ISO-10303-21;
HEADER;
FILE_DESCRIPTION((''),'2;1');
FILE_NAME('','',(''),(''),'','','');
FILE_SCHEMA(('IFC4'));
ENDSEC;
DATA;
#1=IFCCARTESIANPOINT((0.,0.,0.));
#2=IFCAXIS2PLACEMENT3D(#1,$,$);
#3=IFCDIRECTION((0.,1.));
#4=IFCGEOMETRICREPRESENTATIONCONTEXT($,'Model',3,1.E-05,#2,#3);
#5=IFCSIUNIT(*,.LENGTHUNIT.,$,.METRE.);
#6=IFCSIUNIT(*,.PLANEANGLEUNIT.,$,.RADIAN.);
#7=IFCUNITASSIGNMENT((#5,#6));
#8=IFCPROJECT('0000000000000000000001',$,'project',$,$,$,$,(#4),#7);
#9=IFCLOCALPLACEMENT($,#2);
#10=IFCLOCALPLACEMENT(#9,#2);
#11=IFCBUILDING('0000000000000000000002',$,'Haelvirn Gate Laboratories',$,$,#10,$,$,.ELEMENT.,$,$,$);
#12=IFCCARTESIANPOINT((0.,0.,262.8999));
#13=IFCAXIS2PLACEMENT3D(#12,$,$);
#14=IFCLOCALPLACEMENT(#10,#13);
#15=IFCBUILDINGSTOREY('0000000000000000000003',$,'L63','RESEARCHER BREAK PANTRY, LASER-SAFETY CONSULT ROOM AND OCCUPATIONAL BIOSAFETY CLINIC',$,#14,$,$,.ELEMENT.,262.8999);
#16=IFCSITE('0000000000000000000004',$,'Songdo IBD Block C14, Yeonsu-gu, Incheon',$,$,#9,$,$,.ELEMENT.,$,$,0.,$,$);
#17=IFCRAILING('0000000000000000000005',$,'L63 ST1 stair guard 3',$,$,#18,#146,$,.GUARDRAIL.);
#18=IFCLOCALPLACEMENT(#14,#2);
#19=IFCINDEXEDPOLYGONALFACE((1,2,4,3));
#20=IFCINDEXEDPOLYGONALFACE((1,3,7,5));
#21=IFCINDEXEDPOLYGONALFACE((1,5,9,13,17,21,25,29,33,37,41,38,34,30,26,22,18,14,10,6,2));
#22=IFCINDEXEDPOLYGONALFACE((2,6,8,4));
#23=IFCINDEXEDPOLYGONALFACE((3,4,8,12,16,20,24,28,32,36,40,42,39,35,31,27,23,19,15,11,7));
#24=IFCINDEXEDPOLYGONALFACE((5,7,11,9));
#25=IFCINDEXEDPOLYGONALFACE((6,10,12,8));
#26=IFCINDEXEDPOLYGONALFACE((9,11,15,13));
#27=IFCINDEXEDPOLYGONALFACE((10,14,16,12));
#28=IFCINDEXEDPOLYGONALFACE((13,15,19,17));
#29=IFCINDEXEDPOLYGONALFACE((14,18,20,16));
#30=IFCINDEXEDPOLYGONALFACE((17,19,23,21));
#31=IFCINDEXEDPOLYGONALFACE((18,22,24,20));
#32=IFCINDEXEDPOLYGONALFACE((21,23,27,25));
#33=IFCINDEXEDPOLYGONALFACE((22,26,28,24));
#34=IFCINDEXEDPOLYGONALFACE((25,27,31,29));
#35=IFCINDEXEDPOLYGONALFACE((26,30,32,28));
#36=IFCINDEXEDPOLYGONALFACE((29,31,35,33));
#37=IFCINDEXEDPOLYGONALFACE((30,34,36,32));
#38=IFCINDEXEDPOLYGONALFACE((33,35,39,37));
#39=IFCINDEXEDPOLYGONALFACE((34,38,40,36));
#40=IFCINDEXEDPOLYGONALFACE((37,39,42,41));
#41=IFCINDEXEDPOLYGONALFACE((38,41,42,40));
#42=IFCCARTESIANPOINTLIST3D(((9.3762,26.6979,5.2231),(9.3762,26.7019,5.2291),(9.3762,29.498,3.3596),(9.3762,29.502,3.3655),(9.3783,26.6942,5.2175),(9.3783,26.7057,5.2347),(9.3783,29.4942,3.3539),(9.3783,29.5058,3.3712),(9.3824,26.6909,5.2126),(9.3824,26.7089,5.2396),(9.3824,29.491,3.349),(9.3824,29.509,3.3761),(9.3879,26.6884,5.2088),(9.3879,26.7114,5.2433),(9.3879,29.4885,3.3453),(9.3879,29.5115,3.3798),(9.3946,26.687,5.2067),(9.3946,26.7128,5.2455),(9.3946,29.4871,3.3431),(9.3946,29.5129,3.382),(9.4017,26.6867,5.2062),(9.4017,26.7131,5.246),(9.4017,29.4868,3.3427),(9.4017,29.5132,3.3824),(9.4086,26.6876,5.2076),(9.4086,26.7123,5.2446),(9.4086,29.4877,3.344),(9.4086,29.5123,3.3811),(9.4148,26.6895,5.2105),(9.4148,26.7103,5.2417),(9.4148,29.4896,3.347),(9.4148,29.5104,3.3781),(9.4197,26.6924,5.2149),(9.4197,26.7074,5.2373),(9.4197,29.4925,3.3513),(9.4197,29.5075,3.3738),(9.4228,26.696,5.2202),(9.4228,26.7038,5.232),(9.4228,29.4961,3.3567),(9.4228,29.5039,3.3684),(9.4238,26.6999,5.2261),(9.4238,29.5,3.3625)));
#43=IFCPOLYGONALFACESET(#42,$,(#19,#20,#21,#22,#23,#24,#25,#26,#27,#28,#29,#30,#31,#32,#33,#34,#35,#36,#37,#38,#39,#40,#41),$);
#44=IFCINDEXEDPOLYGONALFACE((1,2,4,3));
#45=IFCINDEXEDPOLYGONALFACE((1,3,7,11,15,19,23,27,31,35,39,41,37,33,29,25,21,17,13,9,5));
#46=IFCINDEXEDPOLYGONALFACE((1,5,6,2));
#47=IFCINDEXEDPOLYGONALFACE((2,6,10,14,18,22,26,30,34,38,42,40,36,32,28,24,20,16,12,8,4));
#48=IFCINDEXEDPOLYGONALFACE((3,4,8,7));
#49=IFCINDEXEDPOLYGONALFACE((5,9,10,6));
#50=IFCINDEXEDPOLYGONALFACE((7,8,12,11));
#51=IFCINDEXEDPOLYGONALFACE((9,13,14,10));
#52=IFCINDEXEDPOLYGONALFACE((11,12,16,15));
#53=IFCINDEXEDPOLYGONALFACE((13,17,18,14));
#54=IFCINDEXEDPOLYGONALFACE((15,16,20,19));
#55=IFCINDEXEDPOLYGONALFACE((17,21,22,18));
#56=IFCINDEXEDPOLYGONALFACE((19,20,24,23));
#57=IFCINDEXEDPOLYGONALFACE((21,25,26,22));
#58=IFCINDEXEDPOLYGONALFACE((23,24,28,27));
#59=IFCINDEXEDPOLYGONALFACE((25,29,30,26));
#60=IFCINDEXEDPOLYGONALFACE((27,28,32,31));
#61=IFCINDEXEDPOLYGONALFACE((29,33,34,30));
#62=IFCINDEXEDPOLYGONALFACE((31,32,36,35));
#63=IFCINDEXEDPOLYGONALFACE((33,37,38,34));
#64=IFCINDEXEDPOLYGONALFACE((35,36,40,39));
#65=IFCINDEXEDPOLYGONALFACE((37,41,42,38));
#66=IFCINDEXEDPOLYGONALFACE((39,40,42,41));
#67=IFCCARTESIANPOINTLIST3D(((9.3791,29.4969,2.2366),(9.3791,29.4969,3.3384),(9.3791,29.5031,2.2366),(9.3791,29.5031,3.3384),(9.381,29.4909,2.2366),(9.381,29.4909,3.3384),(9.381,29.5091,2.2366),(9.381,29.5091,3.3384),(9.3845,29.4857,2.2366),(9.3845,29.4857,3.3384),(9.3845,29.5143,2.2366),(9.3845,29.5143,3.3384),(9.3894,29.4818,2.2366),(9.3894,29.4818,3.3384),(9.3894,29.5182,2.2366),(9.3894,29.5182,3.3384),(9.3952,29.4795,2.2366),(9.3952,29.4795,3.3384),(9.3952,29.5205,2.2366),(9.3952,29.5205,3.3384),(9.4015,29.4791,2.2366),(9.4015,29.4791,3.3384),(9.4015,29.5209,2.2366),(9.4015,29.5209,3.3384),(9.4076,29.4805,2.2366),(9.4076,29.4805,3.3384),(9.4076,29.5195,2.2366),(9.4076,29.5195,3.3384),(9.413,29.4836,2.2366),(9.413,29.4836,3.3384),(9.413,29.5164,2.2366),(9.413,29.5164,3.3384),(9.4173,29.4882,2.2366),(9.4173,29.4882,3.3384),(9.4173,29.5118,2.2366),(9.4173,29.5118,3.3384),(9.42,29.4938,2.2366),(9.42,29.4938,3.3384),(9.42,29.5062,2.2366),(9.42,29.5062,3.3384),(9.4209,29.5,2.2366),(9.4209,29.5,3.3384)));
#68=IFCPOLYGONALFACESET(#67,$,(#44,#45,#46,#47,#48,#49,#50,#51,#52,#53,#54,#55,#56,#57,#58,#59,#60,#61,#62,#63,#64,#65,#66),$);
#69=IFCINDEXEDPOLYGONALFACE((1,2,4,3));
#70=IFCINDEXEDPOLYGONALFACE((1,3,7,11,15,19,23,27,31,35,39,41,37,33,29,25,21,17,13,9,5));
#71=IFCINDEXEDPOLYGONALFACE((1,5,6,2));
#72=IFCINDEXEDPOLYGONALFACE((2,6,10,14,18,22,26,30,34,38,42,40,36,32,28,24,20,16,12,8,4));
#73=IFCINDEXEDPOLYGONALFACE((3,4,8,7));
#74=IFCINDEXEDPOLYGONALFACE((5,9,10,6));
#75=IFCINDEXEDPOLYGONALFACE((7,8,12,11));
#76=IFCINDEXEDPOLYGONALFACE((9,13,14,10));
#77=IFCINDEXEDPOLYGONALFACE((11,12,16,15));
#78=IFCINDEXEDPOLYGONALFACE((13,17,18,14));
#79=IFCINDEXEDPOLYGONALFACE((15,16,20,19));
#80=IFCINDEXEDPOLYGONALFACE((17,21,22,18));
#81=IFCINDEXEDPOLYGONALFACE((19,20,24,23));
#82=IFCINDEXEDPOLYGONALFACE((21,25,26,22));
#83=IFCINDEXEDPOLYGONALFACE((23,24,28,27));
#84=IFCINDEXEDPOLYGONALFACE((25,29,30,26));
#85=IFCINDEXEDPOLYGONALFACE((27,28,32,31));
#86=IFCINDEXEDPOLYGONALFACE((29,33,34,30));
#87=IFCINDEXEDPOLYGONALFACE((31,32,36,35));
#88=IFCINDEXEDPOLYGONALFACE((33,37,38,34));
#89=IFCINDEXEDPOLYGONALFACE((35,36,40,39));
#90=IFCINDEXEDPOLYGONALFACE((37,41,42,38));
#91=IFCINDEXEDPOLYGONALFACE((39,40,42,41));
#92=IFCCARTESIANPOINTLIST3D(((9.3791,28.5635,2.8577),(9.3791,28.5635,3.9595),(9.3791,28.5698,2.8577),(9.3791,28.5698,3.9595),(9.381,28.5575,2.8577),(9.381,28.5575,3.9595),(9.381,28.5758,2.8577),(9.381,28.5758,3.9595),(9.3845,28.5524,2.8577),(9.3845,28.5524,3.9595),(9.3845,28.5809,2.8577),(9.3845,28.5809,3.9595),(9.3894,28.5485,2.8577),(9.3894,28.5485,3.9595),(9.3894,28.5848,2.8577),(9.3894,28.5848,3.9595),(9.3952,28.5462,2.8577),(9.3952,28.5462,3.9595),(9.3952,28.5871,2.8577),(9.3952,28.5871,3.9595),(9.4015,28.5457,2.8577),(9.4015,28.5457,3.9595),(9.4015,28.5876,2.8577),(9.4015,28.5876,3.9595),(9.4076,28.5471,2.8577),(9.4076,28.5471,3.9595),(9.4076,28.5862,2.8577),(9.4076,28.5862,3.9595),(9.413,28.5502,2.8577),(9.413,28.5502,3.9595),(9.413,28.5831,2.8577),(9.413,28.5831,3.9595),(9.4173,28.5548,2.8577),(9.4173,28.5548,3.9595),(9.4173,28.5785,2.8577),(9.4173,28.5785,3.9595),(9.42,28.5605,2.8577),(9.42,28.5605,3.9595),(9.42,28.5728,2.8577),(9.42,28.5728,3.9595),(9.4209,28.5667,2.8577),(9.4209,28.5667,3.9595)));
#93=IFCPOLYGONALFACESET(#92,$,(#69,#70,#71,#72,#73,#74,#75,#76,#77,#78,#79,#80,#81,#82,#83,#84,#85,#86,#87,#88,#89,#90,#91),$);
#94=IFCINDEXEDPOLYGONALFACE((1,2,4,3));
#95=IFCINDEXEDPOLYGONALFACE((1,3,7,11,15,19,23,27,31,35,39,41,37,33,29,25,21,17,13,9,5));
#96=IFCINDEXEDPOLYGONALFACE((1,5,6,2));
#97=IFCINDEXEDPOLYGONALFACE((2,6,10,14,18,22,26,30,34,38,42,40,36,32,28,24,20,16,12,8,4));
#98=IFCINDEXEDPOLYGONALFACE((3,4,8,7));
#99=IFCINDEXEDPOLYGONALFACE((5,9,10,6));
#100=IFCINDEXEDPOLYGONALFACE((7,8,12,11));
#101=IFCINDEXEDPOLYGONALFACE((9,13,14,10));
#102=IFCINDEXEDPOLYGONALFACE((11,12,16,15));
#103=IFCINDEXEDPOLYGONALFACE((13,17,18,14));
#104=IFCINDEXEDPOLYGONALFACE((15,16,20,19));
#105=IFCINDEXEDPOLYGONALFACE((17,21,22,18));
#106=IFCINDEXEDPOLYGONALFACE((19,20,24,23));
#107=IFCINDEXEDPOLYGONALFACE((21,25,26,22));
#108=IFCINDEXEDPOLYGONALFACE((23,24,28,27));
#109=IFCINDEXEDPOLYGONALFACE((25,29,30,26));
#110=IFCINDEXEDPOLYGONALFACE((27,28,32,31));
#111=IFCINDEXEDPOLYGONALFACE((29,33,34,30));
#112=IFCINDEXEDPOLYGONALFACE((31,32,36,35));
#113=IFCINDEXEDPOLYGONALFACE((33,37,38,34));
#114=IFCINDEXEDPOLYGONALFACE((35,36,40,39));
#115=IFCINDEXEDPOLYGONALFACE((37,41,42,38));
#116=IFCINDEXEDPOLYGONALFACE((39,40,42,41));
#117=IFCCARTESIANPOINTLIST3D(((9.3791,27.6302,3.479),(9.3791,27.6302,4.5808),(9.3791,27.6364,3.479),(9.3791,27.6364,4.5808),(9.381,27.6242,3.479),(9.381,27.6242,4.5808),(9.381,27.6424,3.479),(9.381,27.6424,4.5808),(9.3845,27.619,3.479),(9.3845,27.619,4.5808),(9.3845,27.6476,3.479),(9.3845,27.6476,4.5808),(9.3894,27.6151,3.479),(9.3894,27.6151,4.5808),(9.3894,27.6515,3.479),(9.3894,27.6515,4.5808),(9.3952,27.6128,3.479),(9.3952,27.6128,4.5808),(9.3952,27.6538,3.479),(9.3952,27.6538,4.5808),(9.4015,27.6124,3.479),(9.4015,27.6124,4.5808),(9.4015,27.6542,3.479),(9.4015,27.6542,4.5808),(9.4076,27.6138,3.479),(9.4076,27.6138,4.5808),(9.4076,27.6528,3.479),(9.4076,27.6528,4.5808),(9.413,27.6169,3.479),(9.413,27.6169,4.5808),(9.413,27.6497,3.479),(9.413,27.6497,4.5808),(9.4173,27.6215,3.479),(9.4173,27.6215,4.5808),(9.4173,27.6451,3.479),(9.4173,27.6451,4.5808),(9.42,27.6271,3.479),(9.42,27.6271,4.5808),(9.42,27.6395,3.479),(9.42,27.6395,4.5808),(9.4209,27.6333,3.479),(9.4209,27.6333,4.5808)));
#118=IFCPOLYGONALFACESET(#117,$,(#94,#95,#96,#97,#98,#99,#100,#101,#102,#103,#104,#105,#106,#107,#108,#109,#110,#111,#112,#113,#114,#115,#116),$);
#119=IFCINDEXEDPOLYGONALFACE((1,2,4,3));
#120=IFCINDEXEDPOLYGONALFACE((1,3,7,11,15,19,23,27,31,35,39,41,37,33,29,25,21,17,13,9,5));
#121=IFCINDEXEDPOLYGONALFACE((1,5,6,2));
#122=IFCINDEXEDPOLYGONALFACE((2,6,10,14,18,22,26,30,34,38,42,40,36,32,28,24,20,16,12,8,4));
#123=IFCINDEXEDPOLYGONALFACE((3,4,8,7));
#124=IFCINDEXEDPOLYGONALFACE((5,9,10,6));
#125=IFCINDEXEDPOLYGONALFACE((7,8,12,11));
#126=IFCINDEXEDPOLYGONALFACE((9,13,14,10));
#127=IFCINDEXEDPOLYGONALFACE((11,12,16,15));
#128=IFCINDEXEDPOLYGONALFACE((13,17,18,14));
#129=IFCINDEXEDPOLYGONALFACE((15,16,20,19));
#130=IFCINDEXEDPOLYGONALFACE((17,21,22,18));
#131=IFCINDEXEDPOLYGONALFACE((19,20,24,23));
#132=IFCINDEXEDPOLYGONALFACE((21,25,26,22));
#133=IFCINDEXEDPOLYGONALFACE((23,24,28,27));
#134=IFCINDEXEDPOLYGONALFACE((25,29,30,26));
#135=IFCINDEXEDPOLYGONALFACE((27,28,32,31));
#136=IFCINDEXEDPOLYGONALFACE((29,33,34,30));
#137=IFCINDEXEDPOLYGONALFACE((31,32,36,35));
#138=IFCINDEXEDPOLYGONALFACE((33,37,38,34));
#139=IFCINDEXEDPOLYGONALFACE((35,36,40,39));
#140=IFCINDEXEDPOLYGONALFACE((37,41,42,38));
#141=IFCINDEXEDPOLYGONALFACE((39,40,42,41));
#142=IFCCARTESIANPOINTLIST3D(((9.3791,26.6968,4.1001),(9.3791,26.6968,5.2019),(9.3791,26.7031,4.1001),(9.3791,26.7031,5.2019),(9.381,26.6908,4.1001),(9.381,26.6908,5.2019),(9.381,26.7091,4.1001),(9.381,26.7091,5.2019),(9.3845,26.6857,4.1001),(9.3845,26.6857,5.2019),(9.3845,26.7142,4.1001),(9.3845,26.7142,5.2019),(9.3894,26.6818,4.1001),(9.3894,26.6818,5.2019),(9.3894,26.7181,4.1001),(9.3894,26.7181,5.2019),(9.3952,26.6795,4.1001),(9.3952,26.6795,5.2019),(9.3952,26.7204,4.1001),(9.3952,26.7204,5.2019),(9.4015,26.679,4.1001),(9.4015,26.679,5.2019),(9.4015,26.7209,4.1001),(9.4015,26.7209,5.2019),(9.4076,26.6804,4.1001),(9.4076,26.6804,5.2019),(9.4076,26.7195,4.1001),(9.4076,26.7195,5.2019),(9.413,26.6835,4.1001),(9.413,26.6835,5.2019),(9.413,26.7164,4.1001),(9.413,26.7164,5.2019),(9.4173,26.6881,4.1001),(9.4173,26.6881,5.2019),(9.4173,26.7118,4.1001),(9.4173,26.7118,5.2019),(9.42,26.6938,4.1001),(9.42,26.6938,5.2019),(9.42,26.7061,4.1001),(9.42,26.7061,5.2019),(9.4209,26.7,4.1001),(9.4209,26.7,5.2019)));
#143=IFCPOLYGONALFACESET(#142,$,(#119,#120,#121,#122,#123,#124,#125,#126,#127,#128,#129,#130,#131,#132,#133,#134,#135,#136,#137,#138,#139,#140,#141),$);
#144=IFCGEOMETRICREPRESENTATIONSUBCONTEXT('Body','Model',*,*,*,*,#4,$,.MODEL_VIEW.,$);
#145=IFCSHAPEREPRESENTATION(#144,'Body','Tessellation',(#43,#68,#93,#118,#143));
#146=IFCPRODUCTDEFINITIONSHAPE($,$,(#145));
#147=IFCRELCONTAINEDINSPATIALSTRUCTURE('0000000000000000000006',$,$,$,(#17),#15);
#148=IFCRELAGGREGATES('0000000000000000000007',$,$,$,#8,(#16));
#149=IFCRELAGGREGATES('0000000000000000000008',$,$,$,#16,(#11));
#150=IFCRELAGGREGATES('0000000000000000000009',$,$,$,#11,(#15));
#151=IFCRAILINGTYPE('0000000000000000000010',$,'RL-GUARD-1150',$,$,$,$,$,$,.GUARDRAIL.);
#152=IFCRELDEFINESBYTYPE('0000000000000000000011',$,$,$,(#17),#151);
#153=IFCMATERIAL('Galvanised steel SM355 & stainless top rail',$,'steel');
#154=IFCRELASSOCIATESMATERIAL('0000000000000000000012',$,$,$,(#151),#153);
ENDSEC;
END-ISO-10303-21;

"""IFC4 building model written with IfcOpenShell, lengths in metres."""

from ifc_helpers import new_model, si_unit, direction, frame, origin, origin_2d, place, context, subcontext, project, spatial, circle, extrude, source, transform, mapped, material, type_object, element, save


model = new_model("IFC4")

# Units and contexts
model_context = context("Model", 3, precision=1e-05, world=origin(), true_north=direction((0.0, 1.0)))
body_context = subcontext(model_context, "Body", "Model", "MODEL_VIEW")
ifc_project = project(units=[si_unit("LENGTHUNIT", "METRE"), si_unit("PLANEANGLEUNIT", "RADIAN")], contexts=[model_context])

# Site, building, storey
site_placement = place(None, origin())
site = spatial("IfcSite", under=ifc_project, at=site_placement, Name="Songdo IBD Block C14, Yeonsu-gu, Incheon", CompositionType="ELEMENT", RefElevation=0.0)
building_placement = place(site_placement, origin())
building = spatial("IfcBuilding", under=site, at=building_placement, Name="Haelvirn Gate Laboratories", CompositionType="ELEMENT")
storey_placement = place(building_placement, frame((0.0, 0.0, 262.8999)))
storey = spatial("IfcBuildingStorey", under=building, at=storey_placement, Name="L63", Description="RESEARCHER BREAK PANTRY, LASER-SAFETY CONSULT ROOM AND OCCUPATIONAL BIOSAFETY CLINIC", CompositionType="ELEMENT", Elevation=262.8999)

# Railing
ifc_material_1 = material(Name="Galvanised steel SM355 & stainless top rail", Category="steel")
railing_type_1 = type_object("IfcRailingType", Name="RL-GUARD-1150", PredefinedType="GUARDRAIL", material=ifc_material_1)
shared_shape_1 = source(origin(), body_context, "Body", "SweptSolid", [
    extrude(circle(Radius=0.0239, at=origin_2d()), frame((0.0, 0.0, 1.126), z_axis=(0.0, -0.832486, 0.554047), x_axis=(1.0, 0.0, 0.0)), (0.0, 0.0, 1.0), 3.3635),
    extrude(circle(Radius=0.021, at=origin_2d()), origin(), (0.0, 0.0, 1.0), 1.1018),
    extrude(circle(Radius=0.021, at=origin_2d()), frame((0.0, -0.9333, 0.6211)), (0.0, 0.0, 1.0), 1.1018),
    extrude(circle(Radius=0.021, at=origin_2d()), frame((0.0, -1.8667, 1.2424)), (0.0, 0.0, 1.0), 1.1018),
    extrude(circle(Radius=0.021, at=origin_2d()), frame((0.0, -2.8, 1.8635)), (0.0, 0.0, 1.0), 1.1018),
])
railing_1_placement = place(storey_placement, frame((9.3999, 29.5, 2.2366)))
element("IfcRailing", 1, at=railing_1_placement, inside=storey, type_object=railing_type_1, Name="L63 ST1 stair guard 3", PredefinedType="GUARDRAIL", context=body_context, shape_type="MappedRepresentation", body=[
    mapped(shared_shape_1, transform((0.0, 0.0, 0.0), scale=1.0)),
])

save(model, "model.ifc")
